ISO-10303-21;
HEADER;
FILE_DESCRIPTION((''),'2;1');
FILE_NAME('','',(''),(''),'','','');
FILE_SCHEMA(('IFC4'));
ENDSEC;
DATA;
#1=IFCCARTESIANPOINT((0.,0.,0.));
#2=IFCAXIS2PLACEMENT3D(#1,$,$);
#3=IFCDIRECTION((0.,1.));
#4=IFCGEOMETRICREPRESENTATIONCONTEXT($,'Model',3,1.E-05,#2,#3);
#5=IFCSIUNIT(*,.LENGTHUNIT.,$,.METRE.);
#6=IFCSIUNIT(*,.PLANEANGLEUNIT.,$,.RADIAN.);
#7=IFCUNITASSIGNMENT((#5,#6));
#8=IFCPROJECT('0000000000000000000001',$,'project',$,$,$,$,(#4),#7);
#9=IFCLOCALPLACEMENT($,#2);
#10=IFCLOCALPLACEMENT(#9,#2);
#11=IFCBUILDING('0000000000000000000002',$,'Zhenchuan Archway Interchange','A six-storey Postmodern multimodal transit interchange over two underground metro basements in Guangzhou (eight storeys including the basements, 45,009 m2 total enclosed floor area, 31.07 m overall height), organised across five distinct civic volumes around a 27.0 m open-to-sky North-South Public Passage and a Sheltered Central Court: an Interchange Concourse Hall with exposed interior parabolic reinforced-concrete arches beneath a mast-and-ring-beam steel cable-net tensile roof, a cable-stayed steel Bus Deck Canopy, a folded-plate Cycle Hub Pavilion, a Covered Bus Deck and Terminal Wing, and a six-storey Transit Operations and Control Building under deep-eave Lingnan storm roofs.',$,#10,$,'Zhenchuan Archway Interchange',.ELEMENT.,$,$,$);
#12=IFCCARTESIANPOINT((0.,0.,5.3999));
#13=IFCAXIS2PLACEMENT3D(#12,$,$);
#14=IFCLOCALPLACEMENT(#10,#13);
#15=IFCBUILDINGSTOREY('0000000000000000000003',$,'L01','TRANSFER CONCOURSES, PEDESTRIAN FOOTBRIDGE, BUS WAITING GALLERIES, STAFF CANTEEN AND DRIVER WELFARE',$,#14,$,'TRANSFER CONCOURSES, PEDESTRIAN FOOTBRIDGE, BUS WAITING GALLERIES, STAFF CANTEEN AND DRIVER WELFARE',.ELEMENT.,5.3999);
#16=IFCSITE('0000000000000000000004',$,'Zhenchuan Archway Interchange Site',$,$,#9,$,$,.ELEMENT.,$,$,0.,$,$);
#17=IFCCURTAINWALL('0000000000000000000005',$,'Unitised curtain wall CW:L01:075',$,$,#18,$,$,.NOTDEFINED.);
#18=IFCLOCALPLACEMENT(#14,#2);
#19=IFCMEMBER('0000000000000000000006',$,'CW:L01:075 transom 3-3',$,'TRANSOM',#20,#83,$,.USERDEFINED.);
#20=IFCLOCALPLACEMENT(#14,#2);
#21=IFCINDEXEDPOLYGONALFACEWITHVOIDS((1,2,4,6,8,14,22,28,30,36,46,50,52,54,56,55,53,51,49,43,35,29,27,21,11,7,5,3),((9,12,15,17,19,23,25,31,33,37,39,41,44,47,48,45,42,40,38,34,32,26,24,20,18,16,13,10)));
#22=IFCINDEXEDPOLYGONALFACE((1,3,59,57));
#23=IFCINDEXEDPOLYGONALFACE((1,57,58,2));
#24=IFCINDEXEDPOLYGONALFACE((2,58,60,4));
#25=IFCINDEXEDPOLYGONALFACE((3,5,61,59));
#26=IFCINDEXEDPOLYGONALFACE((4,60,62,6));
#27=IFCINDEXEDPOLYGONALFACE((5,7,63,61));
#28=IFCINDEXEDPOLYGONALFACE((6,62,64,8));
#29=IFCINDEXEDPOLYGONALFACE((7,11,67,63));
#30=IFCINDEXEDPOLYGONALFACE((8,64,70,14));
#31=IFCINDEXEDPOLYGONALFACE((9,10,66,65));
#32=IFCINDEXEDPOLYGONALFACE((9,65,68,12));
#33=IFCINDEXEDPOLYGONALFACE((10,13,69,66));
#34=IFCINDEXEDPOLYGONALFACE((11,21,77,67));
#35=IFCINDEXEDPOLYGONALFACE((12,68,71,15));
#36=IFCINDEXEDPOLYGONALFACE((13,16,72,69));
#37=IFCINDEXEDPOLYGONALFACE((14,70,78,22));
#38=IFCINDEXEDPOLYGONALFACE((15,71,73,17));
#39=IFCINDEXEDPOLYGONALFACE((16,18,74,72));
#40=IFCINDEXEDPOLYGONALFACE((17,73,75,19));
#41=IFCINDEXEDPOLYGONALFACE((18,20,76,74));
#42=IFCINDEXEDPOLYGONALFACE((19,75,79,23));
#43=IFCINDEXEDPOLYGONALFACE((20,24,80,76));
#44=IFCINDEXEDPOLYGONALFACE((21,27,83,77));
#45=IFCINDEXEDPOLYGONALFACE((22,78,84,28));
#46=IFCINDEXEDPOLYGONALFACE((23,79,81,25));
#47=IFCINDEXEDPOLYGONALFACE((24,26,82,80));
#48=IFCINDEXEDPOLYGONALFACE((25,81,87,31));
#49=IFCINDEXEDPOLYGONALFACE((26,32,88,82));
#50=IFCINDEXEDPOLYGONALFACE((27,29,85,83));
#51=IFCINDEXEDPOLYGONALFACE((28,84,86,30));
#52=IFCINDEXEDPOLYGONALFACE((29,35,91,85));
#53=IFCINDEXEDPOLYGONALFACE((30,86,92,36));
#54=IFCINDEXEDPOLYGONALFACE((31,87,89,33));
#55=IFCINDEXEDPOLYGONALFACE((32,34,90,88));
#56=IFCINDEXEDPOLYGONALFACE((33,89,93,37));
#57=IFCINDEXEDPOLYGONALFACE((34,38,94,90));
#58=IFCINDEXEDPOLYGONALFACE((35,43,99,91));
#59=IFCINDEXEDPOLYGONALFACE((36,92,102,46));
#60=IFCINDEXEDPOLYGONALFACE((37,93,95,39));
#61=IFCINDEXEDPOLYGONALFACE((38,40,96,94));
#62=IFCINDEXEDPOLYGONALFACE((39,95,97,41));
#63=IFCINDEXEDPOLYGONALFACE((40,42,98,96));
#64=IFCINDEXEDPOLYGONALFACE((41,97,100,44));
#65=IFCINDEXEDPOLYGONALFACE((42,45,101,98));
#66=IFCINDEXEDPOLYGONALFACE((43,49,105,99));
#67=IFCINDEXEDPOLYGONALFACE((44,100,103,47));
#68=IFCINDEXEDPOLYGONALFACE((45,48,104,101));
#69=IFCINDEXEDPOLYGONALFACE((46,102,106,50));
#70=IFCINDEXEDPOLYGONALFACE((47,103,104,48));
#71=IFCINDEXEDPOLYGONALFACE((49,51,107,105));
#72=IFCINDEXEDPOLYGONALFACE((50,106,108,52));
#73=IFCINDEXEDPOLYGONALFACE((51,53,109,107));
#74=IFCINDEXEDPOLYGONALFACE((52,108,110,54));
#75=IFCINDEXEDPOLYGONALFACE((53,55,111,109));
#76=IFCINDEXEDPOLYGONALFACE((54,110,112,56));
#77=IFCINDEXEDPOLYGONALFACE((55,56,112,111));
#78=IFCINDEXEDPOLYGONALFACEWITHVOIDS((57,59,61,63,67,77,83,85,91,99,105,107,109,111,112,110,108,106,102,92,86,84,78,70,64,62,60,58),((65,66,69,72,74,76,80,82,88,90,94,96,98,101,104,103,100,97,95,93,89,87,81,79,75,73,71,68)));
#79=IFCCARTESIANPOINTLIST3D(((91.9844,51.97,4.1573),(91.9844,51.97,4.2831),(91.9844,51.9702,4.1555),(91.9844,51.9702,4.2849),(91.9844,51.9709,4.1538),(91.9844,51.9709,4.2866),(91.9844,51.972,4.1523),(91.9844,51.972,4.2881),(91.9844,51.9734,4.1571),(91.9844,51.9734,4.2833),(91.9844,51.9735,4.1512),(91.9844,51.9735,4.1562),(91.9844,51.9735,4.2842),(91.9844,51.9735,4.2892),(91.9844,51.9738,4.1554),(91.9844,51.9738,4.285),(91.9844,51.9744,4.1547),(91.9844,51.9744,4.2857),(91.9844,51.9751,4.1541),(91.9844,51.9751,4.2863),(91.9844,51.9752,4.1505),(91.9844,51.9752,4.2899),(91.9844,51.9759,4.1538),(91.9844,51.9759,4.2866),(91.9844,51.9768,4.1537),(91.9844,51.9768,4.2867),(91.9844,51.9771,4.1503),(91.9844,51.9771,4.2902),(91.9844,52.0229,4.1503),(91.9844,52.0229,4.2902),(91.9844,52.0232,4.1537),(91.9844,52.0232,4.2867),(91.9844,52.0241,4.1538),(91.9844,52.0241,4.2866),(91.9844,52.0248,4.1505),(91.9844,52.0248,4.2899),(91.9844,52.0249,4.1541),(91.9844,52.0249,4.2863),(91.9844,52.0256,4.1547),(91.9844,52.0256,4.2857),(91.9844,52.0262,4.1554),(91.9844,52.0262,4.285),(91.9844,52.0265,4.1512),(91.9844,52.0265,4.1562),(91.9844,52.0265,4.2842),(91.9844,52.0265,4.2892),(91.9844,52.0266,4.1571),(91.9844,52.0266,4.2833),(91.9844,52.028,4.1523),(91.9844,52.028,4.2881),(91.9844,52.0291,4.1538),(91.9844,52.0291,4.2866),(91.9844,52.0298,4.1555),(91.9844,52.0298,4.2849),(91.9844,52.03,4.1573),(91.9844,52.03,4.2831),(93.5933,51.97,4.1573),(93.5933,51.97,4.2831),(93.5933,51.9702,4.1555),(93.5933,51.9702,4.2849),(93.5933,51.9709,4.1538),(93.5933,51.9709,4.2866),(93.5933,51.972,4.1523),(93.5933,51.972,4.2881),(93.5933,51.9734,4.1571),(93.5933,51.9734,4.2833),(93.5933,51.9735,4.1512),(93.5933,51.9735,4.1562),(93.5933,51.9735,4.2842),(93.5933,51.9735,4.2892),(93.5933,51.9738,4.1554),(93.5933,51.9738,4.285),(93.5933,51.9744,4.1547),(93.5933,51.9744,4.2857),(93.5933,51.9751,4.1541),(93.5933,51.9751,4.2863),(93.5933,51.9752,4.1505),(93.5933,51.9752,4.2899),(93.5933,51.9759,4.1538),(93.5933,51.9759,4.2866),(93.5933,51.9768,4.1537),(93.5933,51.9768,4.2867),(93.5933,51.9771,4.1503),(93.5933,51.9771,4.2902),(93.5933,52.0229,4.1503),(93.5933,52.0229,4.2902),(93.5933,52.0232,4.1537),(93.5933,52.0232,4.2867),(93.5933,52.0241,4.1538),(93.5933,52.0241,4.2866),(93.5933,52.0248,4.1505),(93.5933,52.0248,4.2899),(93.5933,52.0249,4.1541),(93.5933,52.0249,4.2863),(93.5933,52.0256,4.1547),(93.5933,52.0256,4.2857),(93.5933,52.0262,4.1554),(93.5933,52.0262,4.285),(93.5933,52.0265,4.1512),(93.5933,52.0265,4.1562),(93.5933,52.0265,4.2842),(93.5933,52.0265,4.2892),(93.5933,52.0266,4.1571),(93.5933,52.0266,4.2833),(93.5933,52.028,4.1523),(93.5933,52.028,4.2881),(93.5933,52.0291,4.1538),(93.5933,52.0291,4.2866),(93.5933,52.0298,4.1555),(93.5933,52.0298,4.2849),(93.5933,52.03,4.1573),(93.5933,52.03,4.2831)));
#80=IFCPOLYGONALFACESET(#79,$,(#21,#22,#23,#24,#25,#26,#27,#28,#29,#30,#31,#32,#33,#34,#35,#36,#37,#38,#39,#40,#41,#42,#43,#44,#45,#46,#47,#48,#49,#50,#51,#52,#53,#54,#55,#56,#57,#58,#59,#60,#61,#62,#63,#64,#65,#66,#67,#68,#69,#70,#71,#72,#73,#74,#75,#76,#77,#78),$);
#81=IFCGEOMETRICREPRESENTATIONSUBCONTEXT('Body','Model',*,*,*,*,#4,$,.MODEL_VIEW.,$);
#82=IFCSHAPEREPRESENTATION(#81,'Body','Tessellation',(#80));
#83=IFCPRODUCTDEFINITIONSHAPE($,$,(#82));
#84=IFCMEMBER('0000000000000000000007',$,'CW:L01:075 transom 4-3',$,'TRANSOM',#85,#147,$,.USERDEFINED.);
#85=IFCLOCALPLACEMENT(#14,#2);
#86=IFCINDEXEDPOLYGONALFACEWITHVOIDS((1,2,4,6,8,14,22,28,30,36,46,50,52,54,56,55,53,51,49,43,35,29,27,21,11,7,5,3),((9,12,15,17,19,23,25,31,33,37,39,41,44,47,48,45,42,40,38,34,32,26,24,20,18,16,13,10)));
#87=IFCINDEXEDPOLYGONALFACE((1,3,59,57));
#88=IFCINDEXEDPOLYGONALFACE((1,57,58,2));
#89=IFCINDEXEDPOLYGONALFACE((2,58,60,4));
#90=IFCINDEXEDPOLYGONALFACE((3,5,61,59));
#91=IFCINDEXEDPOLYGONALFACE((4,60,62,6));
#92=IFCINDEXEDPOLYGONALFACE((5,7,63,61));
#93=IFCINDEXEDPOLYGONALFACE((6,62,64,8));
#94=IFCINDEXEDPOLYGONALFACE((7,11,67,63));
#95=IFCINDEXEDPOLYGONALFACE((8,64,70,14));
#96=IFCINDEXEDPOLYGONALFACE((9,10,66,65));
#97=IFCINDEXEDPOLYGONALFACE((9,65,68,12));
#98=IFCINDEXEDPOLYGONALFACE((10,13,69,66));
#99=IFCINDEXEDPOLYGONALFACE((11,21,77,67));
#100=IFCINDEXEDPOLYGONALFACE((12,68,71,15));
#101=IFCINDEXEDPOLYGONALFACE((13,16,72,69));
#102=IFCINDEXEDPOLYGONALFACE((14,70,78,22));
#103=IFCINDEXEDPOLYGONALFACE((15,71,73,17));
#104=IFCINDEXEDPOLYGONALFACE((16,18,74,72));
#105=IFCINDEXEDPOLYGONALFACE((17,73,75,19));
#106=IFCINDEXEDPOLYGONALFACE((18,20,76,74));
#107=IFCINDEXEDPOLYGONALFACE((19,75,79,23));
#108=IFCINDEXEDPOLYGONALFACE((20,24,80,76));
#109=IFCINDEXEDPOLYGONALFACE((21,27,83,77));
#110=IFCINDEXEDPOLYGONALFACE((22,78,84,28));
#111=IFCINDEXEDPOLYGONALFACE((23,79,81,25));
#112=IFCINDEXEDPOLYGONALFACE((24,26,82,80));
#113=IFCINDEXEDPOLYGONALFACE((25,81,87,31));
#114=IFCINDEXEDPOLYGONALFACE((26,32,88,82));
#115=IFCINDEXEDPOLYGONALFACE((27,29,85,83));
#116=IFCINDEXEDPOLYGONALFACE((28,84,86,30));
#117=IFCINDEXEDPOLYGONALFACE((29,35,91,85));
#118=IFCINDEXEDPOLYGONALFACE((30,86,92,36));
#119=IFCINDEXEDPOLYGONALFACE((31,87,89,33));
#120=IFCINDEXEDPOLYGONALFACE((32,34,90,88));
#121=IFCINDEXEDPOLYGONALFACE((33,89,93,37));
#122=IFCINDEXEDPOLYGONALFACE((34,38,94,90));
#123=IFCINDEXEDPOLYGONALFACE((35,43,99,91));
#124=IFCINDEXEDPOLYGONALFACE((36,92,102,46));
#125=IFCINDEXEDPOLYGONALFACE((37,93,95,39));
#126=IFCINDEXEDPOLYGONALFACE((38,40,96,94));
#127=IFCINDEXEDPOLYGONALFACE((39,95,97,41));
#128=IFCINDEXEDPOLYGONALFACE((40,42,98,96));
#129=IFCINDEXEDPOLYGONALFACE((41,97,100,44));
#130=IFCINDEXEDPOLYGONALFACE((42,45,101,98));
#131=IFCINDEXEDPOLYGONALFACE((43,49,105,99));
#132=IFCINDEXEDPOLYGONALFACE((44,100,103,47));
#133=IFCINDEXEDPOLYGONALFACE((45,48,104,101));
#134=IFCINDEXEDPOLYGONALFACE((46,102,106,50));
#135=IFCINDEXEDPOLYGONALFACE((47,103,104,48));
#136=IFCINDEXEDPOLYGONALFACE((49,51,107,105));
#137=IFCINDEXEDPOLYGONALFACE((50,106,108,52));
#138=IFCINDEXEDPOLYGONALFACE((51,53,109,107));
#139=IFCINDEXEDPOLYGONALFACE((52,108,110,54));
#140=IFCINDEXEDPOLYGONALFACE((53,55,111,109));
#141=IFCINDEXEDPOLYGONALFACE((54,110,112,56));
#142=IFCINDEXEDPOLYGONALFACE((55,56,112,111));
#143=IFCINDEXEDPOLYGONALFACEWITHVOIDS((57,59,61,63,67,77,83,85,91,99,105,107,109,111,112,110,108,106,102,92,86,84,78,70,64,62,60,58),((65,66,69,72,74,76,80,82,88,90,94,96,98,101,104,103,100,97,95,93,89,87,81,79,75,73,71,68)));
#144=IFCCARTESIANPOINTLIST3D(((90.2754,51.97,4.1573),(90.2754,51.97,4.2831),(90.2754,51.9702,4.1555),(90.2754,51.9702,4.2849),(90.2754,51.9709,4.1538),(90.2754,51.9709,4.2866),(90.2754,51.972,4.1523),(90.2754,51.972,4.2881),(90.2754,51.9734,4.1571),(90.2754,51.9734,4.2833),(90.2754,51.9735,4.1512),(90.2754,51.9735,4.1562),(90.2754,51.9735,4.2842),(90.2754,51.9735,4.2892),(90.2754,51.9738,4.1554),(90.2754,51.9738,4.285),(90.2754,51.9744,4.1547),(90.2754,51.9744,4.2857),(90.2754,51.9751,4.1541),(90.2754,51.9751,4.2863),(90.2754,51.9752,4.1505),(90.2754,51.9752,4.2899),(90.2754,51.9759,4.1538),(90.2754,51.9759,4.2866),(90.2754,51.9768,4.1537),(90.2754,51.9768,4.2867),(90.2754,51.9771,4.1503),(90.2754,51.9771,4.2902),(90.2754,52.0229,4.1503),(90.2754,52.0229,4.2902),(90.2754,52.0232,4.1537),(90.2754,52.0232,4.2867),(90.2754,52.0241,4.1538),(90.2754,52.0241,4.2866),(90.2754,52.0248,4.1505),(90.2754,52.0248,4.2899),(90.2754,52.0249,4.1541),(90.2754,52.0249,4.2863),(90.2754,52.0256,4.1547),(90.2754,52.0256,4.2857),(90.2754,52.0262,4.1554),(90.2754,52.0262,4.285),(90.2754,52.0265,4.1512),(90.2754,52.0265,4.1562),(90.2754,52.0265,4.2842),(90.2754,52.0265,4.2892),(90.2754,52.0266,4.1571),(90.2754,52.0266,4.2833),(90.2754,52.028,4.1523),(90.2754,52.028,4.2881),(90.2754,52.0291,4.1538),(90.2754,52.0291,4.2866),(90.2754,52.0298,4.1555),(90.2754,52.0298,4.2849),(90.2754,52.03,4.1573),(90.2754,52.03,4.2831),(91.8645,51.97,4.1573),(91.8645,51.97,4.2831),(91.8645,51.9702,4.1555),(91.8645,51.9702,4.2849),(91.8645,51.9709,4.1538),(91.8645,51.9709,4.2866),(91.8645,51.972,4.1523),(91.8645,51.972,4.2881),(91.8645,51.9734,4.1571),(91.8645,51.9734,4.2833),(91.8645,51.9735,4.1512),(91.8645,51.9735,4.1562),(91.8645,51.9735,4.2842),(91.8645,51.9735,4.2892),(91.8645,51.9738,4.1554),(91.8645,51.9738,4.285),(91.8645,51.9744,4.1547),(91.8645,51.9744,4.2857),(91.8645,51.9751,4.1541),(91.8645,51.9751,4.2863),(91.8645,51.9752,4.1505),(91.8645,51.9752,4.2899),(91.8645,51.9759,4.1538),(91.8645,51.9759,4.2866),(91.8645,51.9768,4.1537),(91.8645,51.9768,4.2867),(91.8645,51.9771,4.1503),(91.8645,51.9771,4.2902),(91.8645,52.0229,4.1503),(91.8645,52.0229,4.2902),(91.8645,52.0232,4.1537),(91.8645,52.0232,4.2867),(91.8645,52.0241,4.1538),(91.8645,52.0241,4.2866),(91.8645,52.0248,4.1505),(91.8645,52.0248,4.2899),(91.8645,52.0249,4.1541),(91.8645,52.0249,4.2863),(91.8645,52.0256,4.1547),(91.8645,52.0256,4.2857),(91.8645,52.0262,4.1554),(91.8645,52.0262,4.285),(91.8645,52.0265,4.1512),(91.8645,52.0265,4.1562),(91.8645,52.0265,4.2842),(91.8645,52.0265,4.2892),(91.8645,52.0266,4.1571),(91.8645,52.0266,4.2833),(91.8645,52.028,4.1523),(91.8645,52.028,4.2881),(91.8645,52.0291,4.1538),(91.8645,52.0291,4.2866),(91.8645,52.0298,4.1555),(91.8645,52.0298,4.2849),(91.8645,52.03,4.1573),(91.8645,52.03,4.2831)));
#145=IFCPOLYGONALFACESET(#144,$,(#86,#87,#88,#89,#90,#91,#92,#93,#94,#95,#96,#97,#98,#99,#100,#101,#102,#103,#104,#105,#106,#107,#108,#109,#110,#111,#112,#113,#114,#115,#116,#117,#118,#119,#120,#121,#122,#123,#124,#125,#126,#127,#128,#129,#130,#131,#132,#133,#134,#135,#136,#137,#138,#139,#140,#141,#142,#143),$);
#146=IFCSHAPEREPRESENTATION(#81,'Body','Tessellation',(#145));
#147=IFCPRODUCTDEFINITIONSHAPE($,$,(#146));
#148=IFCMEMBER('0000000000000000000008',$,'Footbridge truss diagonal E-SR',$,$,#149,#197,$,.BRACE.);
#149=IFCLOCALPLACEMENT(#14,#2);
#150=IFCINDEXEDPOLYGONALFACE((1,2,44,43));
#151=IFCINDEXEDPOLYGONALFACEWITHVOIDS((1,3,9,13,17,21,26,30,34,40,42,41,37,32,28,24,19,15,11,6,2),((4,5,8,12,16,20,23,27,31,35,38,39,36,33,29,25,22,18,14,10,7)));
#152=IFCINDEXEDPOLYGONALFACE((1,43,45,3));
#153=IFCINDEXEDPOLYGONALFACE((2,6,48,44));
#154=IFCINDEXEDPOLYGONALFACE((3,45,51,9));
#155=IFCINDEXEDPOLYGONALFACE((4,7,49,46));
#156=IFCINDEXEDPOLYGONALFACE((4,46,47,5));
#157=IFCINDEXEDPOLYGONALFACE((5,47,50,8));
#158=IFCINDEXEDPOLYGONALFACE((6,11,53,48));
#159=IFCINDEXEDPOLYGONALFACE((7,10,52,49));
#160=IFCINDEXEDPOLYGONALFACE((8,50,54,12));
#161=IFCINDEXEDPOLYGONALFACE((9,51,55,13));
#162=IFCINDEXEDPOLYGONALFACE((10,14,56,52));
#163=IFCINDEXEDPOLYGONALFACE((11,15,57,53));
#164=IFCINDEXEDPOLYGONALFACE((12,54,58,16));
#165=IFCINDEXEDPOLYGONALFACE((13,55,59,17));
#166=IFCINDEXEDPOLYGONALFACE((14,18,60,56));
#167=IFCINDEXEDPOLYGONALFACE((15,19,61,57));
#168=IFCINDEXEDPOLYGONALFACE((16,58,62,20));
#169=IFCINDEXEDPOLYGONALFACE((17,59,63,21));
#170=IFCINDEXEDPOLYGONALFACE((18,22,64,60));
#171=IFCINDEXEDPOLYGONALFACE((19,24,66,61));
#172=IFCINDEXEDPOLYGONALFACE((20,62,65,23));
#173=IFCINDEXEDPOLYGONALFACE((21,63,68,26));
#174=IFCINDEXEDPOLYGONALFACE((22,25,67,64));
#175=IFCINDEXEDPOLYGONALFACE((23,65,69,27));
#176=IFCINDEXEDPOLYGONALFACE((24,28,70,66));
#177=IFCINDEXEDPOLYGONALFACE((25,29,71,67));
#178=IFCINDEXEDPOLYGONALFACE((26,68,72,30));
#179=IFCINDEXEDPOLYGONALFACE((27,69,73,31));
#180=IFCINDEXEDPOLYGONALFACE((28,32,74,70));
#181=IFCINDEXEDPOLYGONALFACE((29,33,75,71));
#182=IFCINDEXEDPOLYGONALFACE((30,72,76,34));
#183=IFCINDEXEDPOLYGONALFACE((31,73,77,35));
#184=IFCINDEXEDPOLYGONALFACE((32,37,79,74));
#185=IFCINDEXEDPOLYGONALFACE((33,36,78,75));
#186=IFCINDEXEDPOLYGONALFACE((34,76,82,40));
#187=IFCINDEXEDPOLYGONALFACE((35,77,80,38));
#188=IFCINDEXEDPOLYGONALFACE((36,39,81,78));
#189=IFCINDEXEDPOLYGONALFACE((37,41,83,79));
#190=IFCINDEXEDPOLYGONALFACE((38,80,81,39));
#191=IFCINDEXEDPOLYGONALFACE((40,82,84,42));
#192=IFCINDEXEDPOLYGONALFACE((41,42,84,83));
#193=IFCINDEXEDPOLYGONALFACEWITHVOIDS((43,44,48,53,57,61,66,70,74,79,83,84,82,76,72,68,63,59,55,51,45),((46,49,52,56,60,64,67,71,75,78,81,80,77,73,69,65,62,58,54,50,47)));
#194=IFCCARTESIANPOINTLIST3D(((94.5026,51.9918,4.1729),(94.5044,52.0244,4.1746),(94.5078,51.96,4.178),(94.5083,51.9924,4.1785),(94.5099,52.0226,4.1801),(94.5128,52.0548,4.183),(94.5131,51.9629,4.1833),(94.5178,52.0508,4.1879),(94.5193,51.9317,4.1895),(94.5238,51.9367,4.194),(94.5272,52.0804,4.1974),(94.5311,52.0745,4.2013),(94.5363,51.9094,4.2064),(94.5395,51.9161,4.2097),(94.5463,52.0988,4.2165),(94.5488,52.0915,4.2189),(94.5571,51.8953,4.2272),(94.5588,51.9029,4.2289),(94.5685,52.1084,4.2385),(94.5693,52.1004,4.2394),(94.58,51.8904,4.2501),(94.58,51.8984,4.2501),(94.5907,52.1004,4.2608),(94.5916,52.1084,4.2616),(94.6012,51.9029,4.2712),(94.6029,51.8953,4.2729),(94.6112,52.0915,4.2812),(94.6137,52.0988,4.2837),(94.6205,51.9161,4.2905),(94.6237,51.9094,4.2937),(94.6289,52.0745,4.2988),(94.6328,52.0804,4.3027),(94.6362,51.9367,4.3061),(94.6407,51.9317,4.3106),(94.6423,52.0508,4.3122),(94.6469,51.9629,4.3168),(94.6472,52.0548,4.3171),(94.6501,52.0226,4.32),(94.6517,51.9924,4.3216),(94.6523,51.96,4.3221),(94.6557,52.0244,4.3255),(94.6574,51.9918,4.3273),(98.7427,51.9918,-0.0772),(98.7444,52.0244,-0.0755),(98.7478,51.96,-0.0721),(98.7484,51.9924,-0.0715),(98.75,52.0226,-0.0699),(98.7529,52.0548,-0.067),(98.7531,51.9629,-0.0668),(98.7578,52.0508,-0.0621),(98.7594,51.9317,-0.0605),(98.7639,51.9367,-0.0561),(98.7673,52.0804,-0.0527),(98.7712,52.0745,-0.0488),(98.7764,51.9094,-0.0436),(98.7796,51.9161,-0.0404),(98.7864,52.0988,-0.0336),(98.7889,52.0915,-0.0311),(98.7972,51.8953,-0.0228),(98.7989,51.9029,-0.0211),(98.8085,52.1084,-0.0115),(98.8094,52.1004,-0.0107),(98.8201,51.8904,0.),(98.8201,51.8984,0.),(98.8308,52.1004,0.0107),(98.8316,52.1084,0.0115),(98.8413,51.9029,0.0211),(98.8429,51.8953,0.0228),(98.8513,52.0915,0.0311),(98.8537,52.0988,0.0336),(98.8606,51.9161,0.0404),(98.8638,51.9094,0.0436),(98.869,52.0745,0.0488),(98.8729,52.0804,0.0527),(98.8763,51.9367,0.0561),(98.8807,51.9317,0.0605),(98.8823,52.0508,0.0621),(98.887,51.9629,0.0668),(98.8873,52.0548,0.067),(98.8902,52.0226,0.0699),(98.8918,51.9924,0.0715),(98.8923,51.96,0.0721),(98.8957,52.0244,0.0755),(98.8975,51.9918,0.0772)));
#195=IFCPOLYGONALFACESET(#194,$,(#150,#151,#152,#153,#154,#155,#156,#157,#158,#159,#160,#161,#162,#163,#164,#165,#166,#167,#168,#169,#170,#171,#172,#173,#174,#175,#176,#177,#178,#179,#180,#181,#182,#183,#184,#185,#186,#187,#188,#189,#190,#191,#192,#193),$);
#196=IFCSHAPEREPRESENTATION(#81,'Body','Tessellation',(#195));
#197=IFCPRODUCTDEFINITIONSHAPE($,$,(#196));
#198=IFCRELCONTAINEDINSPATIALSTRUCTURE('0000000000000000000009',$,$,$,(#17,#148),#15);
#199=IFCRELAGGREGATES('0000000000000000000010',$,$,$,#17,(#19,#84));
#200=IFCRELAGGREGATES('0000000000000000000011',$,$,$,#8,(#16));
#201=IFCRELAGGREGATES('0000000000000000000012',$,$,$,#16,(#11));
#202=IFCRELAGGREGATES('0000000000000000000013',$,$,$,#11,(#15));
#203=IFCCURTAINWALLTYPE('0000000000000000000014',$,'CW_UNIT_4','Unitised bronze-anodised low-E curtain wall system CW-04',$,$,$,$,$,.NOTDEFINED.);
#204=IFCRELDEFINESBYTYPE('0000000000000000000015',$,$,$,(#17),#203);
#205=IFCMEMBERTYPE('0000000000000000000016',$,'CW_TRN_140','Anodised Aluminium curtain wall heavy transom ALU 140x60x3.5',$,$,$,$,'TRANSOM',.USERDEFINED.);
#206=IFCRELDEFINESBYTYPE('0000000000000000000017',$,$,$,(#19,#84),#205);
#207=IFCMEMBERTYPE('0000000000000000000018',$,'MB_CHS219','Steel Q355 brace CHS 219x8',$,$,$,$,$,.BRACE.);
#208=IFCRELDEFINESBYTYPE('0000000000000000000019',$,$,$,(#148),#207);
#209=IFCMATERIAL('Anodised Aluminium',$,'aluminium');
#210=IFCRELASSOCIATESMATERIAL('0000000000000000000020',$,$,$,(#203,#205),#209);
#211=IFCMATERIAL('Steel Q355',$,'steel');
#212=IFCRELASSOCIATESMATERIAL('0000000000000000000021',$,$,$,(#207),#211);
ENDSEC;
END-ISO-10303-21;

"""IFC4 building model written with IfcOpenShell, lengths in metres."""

from ifc_helpers import new_model, si_unit, direction, frame, origin, origin_2d, place, context, subcontext, project, spatial, hollow_rectangle, hollow_circle, extrude, material, material_profile, profile_set, type_object, element, aggregate, save


model = new_model("IFC4")

# Units and contexts
model_context = context("Model", 3, precision=1e-05, world=origin(), true_north=direction((0.0, 1.0)))
body_context = subcontext(model_context, "Body", "Model", "MODEL_VIEW")
ifc_project = project(units=[si_unit("LENGTHUNIT", "METRE"), si_unit("PLANEANGLEUNIT", "RADIAN")], contexts=[model_context])

# Site, building, storey
site_placement = place(None, origin())
site = spatial("IfcSite", under=ifc_project, at=site_placement, Name="Zhenchuan Archway Interchange Site", CompositionType="ELEMENT", RefElevation=0.0)
building_placement = place(site_placement, origin())
building = spatial("IfcBuilding", under=site, at=building_placement, Name="Zhenchuan Archway Interchange", Description="A six-storey Postmodern multimodal transit interchange over two underground metro basements in Guangzhou (eight storeys including the basements, 45,009 m2 total enclosed floor area, 31.07 m overall height), organised across five distinct civic volumes around a 27.0 m open-to-sky North-South Public Passage and a Sheltered Central Court: an Interchange Concourse Hall with exposed interior parabolic reinforced-concrete arches beneath a mast-and-ring-beam steel cable-net tensile roof, a cable-stayed steel Bus Deck Canopy, a folded-plate Cycle Hub Pavilion, a Covered Bus Deck and Terminal Wing, and a six-storey Transit Operations and Control Building under deep-eave Lingnan storm roofs.", LongName="Zhenchuan Archway Interchange", CompositionType="ELEMENT")
storey_placement = place(building_placement, frame((0.0, 0.0, 5.3999)))
storey = spatial("IfcBuildingStorey", under=building, at=storey_placement, Name="L01", Description="TRANSFER CONCOURSES, PEDESTRIAN FOOTBRIDGE, BUS WAITING GALLERIES, STAFF CANTEEN AND DRIVER WELFARE", LongName="TRANSFER CONCOURSES, PEDESTRIAN FOOTBRIDGE, BUS WAITING GALLERIES, STAFF CANTEEN AND DRIVER WELFARE", CompositionType="ELEMENT", Elevation=5.3999)

# Curtain wall, members
ifc_material_1 = material(Name="Anodised Aluminium", Category="aluminium")
curtain_wall_type = type_object("IfcCurtainWallType", Name="CW_UNIT_4", Description="Unitised bronze-anodised low-E curtain wall system CW-04", PredefinedType="NOTDEFINED", material=ifc_material_1)
curtain_wall_placement = place(storey_placement, origin())
curtain_wall = element("IfcCurtainWall", 1, at=curtain_wall_placement, inside=storey, type_object=curtain_wall_type, Name="Unitised curtain wall CW:L01:075", PredefinedType="NOTDEFINED")
ifc_material_profile_1 = material_profile(ifc_material_1, hollow_rectangle(XDim=0.0601, YDim=0.1399, WallThickness=0.0034, InnerFilletRadius=0.0034, OuterFilletRadius=0.0071, at=origin_2d()), Name="ALU 140x60x3.5")
ifc_profile_set_1 = profile_set([ifc_material_profile_1], Name="Anodised Aluminium")
member_type_1 = type_object("IfcMemberType", Name="CW_TRN_140", Description="Anodised Aluminium curtain wall heavy transom ALU 140x60x3.5", ElementType="TRANSOM", PredefinedType="USERDEFINED", material=ifc_profile_set_1)
member_1_placement = place(storey_placement, frame((93.5933, 52.0, 4.2202), z_axis=(-1.0, 0.0, 0.0), x_axis=(0.0, -1.0, 0.0)))
member_1 = element("IfcMember", 2, at=member_1_placement, type_object=member_type_1, Name="CW:L01:075 transom 3-3", ObjectType="TRANSOM", PredefinedType="USERDEFINED", context=body_context, shape_type="SweptSolid", body=[
    extrude(hollow_rectangle(XDim=0.0601, YDim=0.1399, WallThickness=0.0034, InnerFilletRadius=0.0034, OuterFilletRadius=0.0071, at=origin_2d()), origin(), (0.0, 0.0, 1.0), 1.6089),
])
member_2_placement = place(storey_placement, frame((91.8645, 52.0, 4.2202), z_axis=(-1.0, 0.0, 0.0), x_axis=(0.0, -1.0, 0.0)))
member_2 = element("IfcMember", 3, at=member_2_placement, type_object=member_type_1, Name="CW:L01:075 transom 4-3", ObjectType="TRANSOM", PredefinedType="USERDEFINED", context=body_context, shape_type="SweptSolid", body=[
    extrude(hollow_rectangle(XDim=0.0601, YDim=0.1399, WallThickness=0.0034, InnerFilletRadius=0.0034, OuterFilletRadius=0.0071, at=origin_2d()), origin(), (0.0, 0.0, 1.0), 1.5891),
])

# Member
ifc_material_2 = material(Name="Steel Q355", Category="steel")
ifc_material_profile_2 = material_profile(ifc_material_2, hollow_circle(Radius=0.1096, WallThickness=0.0081, at=origin_2d()), Name="CHS 219x8")
ifc_profile_set_2 = profile_set([ifc_material_profile_2], Name="Steel Q355")
member_type_2 = type_object("IfcMemberType", Name="MB_CHS219", Description="Steel Q355 brace CHS 219x8", PredefinedType="BRACE", material=ifc_profile_set_2)
member_3_placement = place(storey_placement, frame((98.8201, 52.0, 0.0), z_axis=(-0.706273, 0.0, 0.70794), x_axis=(0.0, -1.0, 0.0)))
element("IfcMember", 4, at=member_3_placement, inside=storey, type_object=member_type_2, Name="Footbridge truss diagonal E-SR", PredefinedType="BRACE", context=body_context, shape_type="SweptSolid", body=[
    extrude(hollow_circle(Radius=0.1096, WallThickness=0.0081, at=origin_2d()), origin(), (0.0, 0.0, 1.0), 6.0034),
])

aggregate(curtain_wall, [member_1, member_2])

save(model, "model.ifc")
